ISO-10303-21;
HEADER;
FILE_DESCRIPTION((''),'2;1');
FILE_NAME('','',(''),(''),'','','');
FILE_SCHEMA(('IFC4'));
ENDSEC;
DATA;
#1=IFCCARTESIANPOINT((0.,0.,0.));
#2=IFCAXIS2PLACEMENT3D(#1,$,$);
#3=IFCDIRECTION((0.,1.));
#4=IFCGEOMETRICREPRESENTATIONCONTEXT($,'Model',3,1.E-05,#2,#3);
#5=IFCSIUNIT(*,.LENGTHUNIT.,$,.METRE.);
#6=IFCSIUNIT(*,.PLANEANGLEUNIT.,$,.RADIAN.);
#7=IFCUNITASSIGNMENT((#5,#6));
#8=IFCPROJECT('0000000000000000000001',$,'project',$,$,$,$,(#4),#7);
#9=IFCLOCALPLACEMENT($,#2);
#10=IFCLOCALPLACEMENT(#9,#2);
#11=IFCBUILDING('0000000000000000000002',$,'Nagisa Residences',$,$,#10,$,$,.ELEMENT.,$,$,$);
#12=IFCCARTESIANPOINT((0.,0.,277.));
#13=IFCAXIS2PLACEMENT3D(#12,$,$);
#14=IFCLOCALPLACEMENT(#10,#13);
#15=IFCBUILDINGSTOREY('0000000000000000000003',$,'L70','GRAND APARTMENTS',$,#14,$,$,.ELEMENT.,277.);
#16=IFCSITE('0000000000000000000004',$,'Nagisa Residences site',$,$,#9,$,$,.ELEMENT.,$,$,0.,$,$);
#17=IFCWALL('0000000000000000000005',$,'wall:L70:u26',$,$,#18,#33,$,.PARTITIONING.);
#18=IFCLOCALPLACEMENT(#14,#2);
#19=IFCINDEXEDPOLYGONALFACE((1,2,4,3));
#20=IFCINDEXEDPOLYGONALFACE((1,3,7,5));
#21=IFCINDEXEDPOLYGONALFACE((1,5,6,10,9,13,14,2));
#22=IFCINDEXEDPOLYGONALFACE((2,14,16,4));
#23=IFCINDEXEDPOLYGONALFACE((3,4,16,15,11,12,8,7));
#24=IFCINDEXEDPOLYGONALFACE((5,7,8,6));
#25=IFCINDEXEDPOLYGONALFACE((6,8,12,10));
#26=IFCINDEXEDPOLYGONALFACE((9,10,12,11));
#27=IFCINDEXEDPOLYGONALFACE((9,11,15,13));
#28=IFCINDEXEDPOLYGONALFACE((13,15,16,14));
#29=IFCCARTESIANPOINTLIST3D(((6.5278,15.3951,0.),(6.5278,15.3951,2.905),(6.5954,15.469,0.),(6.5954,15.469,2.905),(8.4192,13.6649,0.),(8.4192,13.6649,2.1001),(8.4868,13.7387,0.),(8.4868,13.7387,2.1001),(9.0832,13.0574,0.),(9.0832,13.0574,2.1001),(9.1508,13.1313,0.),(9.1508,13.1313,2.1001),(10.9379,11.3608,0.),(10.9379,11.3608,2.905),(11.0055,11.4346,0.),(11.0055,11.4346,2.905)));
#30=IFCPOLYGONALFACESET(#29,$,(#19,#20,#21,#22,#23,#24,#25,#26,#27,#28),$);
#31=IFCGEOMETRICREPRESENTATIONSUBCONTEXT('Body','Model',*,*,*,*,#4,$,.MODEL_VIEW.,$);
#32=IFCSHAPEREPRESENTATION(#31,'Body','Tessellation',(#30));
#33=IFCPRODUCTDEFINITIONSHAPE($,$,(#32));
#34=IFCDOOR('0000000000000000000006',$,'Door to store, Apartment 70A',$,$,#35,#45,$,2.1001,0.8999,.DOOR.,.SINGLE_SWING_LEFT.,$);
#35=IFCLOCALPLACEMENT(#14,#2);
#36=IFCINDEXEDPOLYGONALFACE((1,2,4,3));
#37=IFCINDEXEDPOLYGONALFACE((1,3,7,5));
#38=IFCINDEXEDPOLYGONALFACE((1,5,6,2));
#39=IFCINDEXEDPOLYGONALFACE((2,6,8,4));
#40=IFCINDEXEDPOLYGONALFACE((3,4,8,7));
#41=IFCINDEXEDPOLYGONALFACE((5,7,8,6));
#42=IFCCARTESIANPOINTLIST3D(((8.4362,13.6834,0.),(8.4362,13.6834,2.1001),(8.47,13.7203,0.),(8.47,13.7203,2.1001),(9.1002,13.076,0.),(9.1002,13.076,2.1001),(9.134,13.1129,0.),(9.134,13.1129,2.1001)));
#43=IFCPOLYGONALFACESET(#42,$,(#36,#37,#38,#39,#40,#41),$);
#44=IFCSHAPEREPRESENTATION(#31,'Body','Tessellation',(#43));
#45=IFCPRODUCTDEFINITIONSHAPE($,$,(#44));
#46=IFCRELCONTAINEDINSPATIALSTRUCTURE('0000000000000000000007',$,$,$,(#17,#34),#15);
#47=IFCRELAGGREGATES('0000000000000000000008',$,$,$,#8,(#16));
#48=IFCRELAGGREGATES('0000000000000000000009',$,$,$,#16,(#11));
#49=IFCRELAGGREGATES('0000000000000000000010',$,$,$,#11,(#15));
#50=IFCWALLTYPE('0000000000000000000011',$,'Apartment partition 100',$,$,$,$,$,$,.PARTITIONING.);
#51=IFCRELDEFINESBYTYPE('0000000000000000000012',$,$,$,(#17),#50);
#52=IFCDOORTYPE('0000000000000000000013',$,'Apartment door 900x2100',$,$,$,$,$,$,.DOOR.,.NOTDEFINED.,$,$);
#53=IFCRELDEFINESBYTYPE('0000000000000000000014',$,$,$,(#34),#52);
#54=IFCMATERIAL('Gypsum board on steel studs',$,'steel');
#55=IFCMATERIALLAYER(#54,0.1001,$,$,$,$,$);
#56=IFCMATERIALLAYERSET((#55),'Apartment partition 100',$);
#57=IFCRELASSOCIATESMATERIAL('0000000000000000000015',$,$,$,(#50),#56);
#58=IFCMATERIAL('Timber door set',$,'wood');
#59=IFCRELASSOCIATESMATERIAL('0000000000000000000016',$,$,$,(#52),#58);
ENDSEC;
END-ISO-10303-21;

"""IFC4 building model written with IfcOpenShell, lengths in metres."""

from ifc_helpers import new_model, si_unit, direction, frame, frame_2d, origin, place, context, subcontext, project, spatial, rectangle, extrude, material, layer, layer_set, type_object, element, fill, save


model = new_model("IFC4")

# Units and contexts
model_context = context("Model", 3, precision=1e-05, world=origin(), true_north=direction((0.0, 1.0)))
body_context = subcontext(model_context, "Body", "Model", "MODEL_VIEW")
ifc_project = project(units=[si_unit("LENGTHUNIT", "METRE"), si_unit("PLANEANGLEUNIT", "RADIAN")], contexts=[model_context])

# Site, building, storey
site_placement = place(None, origin())
site = spatial("IfcSite", under=ifc_project, at=site_placement, Name="Nagisa Residences site", CompositionType="ELEMENT", RefElevation=0.0)
building_placement = place(site_placement, origin())
building = spatial("IfcBuilding", under=site, at=building_placement, Name="Nagisa Residences", CompositionType="ELEMENT")
storey_placement = place(building_placement, frame((0.0, 0.0, 277.0)))
storey = spatial("IfcBuildingStorey", under=building, at=storey_placement, Name="L70", Description="GRAND APARTMENTS", CompositionType="ELEMENT", Elevation=277.0)

# Wall, opening, door
ifc_material_1 = material(Name="Gypsum board on steel studs", Category="steel")
ifc_layer_1 = layer(ifc_material_1, 0.1001)
ifc_layer_set_1 = layer_set([ifc_layer_1], Name="Apartment partition 100")
wall_type_1 = type_object("IfcWallType", Name="Apartment partition 100", PredefinedType="PARTITIONING", material=ifc_layer_set_1)
ifc_material_2 = material(Name="Timber door set", Category="wood")
door_type_1 = type_object("IfcDoorType", Name="Apartment door 900x2100", OperationType="NOTDEFINED", PredefinedType="DOOR", material=ifc_material_2)
wall_1_placement = place(storey_placement, frame((10.9717, 11.3977, 0.0), z_axis=(0.0, 0.0, 1.0), x_axis=(-0.737839, 0.674977, 0.0)))
wall_1 = element("IfcWall", 1, at=wall_1_placement, inside=storey, type_object=wall_type_1, Name="wall:L70:u26", PredefinedType="PARTITIONING", context=body_context, shape_type="SweptSolid", body=[
    extrude(rectangle(XDim=5.9771, YDim=0.1001, at=frame_2d((2.9885, 0.0))), origin(), (0.0, 0.0, 1.0), 2.905),
])
opening_1_placement = place(wall_1_placement, frame((2.5137, 0.0, 0.0)))
opening_1 = element("IfcOpeningElement", 2, at=opening_1_placement, cuts=wall_1, PredefinedType="OPENING", context=body_context, shape_type="SweptSolid", body=[
    extrude(rectangle(XDim=0.8999, YDim=2.1001, at=frame_2d((0.45, 1.05))), frame((0.0, 0.0601, 0.0), z_axis=(0.0, -1.0, 0.0), x_axis=(1.0, 0.0, 0.0)), (0.0, 0.0, 1.0), 0.1201),
])
door_1_placement = place(opening_1_placement, origin())
door_1 = element("IfcDoor", 3, at=door_1_placement, inside=storey, type_object=door_type_1, Name="Door to store, Apartment 70A", OperationType="SINGLE_SWING_LEFT", OverallHeight=2.1001, OverallWidth=0.8999, PredefinedType="DOOR", context=body_context, shape_type="SweptSolid", body=[
    extrude(rectangle(XDim=0.8999, YDim=2.1001, at=frame_2d((0.45, 1.05))), frame((0.0, 0.0249, 0.0), z_axis=(0.0, -1.0, 0.0), x_axis=(1.0, 0.0, 0.0)), (0.0, 0.0, 1.0), 0.05),
])
fill(opening_1, door_1)

save(model, "model.ifc")
